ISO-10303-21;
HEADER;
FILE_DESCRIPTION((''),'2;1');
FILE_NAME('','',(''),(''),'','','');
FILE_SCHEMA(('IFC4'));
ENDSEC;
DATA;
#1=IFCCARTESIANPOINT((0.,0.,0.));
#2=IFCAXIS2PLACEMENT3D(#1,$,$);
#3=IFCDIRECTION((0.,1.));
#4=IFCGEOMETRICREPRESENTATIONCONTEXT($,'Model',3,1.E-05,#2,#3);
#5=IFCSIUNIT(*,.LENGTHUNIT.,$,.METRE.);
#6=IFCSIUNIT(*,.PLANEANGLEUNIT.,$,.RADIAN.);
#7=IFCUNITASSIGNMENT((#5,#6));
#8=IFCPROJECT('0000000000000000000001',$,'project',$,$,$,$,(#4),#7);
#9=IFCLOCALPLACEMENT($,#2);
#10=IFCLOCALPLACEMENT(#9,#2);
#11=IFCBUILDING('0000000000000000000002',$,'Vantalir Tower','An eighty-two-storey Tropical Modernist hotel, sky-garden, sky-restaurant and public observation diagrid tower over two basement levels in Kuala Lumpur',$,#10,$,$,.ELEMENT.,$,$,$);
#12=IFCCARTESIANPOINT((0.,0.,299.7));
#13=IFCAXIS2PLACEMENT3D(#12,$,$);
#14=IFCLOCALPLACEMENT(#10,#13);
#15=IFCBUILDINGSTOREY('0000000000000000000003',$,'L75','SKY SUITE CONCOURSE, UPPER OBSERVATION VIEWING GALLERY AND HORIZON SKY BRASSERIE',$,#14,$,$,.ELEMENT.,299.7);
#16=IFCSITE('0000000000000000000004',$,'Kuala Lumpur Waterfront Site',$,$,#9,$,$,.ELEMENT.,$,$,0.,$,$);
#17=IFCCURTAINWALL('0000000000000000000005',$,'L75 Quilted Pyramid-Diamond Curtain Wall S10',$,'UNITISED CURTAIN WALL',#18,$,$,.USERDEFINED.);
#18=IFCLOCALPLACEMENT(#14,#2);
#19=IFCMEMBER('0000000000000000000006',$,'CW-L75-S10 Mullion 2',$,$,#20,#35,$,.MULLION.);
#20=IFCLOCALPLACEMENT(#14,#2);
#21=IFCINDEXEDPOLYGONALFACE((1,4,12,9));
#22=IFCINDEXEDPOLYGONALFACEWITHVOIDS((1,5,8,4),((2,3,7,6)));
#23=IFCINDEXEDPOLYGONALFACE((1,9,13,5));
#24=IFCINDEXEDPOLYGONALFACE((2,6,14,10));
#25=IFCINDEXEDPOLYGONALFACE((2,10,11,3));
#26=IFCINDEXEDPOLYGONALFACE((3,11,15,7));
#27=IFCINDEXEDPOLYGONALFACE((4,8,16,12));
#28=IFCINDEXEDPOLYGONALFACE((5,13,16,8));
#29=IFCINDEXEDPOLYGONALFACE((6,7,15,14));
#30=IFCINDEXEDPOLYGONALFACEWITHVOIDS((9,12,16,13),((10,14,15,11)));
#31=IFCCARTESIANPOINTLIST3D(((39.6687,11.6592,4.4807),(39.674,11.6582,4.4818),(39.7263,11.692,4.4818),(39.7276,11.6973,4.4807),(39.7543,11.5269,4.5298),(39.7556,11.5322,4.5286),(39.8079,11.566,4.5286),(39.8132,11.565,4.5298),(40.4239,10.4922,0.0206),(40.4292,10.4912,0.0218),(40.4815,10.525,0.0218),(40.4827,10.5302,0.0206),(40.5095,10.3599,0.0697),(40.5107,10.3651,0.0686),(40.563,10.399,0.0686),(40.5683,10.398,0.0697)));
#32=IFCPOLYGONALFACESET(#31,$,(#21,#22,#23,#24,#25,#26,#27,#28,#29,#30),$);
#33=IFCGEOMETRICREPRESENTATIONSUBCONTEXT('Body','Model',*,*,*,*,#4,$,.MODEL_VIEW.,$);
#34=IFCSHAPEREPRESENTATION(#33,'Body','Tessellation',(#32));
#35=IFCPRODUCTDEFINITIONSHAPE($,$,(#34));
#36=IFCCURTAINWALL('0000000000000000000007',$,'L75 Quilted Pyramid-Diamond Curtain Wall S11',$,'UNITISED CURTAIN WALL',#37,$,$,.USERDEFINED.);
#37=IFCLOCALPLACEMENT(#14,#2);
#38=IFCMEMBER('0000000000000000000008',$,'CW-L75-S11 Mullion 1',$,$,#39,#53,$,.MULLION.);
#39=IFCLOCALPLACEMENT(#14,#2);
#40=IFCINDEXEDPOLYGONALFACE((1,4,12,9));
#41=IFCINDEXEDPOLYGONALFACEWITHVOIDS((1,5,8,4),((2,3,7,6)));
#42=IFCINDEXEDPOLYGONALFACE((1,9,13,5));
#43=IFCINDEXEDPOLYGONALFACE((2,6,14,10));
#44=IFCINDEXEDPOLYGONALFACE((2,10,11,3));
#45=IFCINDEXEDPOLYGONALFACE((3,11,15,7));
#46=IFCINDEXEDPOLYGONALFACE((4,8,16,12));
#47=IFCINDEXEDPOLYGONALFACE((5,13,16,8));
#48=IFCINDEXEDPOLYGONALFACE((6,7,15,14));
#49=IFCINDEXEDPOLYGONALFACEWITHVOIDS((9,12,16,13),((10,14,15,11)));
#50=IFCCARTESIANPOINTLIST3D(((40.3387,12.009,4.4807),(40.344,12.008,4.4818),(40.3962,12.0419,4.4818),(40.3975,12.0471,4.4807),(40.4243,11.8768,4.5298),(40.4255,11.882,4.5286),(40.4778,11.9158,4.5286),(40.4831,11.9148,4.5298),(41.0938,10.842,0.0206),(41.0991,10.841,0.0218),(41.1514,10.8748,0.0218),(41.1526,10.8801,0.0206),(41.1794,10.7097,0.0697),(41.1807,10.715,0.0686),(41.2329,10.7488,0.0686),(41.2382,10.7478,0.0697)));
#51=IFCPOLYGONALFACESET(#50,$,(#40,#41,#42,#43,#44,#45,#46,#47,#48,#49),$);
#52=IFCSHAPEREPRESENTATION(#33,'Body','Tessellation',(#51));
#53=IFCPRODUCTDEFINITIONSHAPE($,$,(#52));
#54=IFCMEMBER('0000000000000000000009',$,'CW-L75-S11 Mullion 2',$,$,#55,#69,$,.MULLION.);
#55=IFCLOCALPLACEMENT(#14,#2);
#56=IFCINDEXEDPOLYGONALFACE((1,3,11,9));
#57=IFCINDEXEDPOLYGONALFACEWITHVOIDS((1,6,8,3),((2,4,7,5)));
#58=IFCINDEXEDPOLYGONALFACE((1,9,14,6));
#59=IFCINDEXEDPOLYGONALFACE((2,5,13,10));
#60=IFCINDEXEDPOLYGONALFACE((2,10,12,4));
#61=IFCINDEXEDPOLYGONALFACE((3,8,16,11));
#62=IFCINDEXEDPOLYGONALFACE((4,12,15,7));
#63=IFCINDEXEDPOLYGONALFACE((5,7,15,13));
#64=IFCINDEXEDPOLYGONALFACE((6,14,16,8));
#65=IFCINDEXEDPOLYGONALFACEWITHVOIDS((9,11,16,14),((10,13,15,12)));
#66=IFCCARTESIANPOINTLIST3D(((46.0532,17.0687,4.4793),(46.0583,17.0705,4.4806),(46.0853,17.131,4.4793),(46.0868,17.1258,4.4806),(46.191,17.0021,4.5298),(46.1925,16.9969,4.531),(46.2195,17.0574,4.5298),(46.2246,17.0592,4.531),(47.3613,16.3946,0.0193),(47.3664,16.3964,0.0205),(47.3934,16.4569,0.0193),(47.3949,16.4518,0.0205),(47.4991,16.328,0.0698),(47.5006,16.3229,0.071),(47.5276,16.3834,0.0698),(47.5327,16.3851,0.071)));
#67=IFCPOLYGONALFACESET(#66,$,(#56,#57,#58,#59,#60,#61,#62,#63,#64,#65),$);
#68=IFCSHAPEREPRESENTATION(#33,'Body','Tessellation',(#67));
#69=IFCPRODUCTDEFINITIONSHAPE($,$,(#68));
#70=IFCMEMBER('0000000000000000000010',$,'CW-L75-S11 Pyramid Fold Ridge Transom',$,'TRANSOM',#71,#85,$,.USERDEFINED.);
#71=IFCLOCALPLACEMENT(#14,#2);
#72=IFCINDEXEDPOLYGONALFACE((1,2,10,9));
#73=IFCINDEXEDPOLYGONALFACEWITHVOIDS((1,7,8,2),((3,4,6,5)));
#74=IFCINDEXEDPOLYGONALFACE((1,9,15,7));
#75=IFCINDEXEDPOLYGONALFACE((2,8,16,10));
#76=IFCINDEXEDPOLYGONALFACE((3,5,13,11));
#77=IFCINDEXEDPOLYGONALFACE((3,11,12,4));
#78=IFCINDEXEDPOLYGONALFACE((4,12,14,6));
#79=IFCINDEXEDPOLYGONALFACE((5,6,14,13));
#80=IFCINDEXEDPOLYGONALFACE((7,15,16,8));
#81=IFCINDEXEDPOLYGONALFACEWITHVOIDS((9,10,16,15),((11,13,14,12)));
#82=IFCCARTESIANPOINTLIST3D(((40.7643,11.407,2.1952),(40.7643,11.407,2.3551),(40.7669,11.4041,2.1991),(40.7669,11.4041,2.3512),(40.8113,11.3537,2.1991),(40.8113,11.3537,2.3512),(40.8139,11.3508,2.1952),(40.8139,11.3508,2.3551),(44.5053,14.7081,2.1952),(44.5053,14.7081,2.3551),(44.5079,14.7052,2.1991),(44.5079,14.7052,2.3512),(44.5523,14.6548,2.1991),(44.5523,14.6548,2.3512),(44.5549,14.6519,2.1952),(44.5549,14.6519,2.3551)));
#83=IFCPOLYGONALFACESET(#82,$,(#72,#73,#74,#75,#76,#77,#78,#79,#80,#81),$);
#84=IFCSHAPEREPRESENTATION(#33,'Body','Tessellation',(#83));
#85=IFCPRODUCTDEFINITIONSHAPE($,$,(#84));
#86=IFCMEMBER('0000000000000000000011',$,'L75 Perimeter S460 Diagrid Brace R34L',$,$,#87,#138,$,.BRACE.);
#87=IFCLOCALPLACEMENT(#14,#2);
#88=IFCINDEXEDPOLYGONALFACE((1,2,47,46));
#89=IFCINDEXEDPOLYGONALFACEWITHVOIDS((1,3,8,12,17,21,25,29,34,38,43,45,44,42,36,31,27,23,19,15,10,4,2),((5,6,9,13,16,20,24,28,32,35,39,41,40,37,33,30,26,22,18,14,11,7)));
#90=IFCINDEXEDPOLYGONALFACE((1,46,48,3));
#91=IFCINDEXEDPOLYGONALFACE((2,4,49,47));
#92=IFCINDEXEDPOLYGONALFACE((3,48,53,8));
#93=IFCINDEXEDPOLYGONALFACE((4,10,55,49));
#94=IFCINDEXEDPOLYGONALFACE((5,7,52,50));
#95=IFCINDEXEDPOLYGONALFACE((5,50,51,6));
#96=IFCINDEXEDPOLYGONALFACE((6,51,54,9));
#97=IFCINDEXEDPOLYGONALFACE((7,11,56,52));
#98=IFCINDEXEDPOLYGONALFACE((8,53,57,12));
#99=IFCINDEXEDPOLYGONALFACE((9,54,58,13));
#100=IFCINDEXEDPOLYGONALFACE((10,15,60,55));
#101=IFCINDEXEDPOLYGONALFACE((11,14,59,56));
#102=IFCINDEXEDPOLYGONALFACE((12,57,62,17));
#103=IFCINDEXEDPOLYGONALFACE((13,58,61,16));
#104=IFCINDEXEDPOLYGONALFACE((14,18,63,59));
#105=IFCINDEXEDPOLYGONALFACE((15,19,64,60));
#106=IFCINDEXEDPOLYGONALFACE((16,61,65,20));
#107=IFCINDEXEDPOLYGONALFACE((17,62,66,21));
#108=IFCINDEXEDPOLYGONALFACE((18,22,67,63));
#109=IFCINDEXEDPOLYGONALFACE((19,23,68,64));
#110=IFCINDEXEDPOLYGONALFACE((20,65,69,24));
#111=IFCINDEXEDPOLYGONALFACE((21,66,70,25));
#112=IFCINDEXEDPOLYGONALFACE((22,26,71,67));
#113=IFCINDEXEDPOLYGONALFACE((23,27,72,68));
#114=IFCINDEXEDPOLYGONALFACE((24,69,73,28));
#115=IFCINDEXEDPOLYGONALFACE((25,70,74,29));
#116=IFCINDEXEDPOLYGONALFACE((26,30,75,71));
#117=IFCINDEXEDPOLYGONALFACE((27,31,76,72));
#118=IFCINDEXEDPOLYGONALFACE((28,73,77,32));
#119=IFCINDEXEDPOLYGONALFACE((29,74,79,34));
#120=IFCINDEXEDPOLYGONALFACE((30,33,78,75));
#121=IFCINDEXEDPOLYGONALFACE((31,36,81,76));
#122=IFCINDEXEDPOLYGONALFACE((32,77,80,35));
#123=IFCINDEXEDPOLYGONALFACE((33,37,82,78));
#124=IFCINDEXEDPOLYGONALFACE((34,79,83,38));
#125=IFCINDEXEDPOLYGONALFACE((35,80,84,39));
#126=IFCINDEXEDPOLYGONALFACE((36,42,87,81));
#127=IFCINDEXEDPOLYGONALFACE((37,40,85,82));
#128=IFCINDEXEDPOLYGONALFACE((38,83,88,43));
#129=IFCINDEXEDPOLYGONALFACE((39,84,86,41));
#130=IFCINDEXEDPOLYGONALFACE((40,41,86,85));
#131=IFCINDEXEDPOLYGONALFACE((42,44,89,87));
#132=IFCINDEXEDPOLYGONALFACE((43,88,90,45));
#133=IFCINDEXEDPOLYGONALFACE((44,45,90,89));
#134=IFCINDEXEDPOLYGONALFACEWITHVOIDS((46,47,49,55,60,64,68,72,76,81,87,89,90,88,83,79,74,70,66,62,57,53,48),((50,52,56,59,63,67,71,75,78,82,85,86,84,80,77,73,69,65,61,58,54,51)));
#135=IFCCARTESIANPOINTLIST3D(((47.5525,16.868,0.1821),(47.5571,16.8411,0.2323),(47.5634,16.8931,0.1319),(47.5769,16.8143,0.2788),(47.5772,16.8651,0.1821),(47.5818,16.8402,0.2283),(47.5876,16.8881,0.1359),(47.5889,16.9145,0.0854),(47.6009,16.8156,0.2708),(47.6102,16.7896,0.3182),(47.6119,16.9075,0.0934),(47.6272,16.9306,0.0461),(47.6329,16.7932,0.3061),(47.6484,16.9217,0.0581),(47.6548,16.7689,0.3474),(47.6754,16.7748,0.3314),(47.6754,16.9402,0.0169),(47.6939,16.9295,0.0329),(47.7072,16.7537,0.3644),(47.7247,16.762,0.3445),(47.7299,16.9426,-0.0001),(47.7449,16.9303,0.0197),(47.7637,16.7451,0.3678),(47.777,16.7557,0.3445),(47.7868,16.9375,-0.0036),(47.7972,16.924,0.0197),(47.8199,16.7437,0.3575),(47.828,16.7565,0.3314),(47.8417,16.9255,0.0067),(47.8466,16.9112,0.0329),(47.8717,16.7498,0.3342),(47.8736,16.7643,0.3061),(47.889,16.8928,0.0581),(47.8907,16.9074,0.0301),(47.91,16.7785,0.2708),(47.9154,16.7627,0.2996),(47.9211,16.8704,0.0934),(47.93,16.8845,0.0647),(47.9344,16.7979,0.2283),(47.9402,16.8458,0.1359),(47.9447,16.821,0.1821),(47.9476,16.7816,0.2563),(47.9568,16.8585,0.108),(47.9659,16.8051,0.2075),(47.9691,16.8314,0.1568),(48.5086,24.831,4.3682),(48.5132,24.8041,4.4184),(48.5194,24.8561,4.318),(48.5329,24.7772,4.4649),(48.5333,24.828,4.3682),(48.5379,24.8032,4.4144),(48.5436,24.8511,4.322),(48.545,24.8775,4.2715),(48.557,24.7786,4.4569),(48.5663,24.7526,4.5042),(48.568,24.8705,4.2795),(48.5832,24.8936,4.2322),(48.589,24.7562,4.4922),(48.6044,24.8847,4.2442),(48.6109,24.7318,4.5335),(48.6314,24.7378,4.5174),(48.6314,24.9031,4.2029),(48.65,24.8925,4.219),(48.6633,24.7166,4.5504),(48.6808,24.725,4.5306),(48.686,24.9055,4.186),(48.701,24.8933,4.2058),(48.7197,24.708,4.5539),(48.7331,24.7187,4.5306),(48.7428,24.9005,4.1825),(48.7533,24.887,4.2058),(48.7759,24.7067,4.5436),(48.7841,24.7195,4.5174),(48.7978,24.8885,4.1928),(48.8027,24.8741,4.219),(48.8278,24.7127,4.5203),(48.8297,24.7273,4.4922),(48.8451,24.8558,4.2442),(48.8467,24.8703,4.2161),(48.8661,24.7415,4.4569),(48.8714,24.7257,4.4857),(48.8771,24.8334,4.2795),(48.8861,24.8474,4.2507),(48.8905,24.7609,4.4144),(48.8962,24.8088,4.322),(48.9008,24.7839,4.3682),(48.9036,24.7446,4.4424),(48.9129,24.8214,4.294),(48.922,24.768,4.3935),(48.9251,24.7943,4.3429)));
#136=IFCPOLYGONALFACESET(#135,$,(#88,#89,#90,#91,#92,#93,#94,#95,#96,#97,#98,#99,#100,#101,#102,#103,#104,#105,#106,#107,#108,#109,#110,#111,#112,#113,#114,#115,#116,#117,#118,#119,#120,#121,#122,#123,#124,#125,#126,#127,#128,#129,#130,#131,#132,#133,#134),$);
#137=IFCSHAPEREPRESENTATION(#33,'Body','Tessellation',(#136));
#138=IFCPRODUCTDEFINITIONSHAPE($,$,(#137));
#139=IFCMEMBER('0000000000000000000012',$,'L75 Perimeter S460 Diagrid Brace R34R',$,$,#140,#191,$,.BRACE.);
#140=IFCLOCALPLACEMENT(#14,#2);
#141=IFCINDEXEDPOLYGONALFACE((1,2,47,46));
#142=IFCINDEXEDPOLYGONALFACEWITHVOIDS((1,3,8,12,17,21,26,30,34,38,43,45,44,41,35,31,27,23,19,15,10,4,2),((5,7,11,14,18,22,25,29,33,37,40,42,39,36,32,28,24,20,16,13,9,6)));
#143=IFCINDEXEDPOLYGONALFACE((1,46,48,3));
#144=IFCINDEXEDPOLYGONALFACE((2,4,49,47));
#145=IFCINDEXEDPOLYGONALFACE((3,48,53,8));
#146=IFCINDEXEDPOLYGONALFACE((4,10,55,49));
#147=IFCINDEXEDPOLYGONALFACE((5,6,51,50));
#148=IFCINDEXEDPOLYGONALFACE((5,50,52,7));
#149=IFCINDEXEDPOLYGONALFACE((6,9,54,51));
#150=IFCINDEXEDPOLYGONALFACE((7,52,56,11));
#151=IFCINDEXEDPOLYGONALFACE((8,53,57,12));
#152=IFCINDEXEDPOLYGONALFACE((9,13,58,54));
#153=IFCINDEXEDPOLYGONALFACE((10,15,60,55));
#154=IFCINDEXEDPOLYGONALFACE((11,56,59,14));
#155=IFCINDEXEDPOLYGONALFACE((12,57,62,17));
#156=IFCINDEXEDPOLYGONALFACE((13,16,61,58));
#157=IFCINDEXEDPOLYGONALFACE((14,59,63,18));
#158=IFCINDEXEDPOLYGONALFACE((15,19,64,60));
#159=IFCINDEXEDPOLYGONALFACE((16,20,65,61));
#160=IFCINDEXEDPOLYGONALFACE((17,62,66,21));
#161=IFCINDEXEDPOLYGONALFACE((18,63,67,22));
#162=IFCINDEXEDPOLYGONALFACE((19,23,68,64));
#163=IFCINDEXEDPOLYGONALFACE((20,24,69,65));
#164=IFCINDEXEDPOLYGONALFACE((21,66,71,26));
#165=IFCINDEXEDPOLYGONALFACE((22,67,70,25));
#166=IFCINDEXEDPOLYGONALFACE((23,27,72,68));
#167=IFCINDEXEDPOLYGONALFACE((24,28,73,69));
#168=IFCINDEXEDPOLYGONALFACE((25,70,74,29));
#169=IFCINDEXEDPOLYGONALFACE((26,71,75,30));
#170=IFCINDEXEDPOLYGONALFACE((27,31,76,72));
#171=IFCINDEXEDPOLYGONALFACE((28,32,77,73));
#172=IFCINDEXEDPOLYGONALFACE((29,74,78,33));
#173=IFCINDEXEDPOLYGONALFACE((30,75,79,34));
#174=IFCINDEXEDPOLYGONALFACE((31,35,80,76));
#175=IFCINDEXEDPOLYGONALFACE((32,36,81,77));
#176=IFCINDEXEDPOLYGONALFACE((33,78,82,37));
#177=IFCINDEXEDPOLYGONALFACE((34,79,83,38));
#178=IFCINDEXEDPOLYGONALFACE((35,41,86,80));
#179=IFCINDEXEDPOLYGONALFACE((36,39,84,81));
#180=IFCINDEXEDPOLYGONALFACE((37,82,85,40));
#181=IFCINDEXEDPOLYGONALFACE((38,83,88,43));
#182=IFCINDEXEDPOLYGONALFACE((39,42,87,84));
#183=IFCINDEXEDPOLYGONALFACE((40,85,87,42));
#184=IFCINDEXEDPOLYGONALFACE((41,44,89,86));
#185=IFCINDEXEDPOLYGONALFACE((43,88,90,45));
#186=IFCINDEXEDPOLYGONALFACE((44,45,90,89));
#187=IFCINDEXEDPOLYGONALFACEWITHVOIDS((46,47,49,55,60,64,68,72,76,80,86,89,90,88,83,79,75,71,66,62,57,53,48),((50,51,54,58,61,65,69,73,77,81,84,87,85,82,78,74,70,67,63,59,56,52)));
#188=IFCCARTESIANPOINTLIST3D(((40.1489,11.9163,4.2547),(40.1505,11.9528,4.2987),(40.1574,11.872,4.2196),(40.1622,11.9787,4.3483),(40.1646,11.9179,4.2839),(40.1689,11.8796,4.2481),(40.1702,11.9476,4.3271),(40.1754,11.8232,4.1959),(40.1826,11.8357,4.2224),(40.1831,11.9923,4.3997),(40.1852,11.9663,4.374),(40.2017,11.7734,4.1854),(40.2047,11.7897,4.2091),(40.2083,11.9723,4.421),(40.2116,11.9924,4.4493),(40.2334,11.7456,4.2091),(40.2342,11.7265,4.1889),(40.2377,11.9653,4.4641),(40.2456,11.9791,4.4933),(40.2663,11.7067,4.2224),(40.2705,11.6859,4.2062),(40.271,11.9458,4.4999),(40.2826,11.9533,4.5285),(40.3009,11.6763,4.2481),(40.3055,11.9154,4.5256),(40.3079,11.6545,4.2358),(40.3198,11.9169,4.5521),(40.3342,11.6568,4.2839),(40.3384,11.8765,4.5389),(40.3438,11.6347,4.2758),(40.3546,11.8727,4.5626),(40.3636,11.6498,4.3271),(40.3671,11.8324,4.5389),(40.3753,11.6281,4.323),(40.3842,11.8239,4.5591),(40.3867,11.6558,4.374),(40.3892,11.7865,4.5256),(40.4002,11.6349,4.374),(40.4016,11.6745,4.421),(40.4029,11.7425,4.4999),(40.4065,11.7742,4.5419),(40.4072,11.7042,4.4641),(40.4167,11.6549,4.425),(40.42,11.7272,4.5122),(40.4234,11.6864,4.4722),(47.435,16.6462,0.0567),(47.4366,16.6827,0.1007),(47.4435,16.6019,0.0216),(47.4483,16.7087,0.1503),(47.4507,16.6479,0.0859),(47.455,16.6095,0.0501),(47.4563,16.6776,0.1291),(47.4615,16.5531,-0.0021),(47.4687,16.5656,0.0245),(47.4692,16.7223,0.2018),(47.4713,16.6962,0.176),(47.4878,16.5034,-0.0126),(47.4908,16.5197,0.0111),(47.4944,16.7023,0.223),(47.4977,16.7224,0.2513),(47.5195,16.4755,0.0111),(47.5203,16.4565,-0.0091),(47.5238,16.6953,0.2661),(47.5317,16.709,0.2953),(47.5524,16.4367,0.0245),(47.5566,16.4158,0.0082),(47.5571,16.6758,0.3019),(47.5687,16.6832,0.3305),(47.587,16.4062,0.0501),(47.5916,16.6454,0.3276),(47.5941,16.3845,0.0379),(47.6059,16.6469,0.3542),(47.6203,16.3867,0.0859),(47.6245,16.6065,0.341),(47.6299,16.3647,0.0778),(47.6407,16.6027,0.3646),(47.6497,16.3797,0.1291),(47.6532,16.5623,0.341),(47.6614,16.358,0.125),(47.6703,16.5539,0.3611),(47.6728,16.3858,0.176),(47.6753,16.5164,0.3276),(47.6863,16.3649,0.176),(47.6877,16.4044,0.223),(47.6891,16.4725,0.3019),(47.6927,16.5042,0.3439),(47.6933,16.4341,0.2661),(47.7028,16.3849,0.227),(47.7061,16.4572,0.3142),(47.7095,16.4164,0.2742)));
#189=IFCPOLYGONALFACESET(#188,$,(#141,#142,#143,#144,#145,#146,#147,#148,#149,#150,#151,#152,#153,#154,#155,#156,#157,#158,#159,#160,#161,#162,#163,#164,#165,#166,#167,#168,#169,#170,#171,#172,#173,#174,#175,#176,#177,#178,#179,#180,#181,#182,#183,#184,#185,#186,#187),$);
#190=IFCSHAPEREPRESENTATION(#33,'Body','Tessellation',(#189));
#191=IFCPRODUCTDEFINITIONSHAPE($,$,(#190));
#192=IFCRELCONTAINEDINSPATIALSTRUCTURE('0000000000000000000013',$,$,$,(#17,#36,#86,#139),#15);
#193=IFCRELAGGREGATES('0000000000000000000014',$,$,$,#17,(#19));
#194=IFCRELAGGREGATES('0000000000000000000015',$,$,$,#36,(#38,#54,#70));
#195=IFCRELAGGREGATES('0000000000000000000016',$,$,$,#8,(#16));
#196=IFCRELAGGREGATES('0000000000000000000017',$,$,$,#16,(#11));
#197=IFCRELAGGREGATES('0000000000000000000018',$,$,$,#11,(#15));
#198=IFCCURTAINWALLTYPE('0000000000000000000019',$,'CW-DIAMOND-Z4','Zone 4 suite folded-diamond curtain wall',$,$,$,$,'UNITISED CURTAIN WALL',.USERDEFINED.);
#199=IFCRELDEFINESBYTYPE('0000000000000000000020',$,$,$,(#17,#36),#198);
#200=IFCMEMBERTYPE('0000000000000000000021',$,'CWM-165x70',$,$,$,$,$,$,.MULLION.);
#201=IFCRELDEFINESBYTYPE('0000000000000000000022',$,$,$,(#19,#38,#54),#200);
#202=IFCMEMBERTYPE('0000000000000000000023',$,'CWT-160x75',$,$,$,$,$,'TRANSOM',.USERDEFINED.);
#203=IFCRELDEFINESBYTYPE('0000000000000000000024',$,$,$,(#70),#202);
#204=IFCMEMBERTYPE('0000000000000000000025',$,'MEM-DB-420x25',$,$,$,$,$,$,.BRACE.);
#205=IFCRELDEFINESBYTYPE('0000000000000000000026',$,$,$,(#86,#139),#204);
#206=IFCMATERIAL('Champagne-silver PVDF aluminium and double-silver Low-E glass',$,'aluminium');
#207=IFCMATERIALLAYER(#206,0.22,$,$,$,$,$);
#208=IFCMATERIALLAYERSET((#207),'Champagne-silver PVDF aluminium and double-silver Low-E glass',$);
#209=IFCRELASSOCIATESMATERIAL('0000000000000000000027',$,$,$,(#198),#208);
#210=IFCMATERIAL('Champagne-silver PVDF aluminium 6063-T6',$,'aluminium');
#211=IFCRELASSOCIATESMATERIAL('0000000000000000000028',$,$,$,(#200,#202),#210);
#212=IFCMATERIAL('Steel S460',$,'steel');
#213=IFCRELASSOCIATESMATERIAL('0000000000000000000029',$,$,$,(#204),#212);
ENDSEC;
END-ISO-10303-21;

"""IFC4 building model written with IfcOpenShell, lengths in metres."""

from ifc_helpers import new_model, si_unit, direction, frame, origin, origin_2d, place, context, subcontext, project, spatial, hollow_rectangle, hollow_circle, extrude, material, layer, layer_set, material_profile, profile_set, type_object, element, aggregate, save


model = new_model("IFC4")

# Units and contexts
model_context = context("Model", 3, precision=1e-05, world=origin(), true_north=direction((0.0, 1.0)))
body_context = subcontext(model_context, "Body", "Model", "MODEL_VIEW")
ifc_project = project(units=[si_unit("LENGTHUNIT", "METRE"), si_unit("PLANEANGLEUNIT", "RADIAN")], contexts=[model_context])

# Site, building, storey
site_placement = place(None, origin())
site = spatial("IfcSite", under=ifc_project, at=site_placement, Name="Kuala Lumpur Waterfront Site", CompositionType="ELEMENT", RefElevation=0.0)
building_placement = place(site_placement, origin())
building = spatial("IfcBuilding", under=site, at=building_placement, Name="Vantalir Tower", Description="An eighty-two-storey Tropical Modernist hotel, sky-garden, sky-restaurant and public observation diagrid tower over two basement levels in Kuala Lumpur", CompositionType="ELEMENT")
storey_placement = place(building_placement, frame((0.0, 0.0, 299.7)))
storey = spatial("IfcBuildingStorey", under=building, at=storey_placement, Name="L75", Description="SKY SUITE CONCOURSE, UPPER OBSERVATION VIEWING GALLERY AND HORIZON SKY BRASSERIE", CompositionType="ELEMENT", Elevation=299.7)

# Shared definitions
ifc_material_1 = material(Name="Steel S460", Category="steel")

# Curtain wall, member
ifc_material_2 = material(Name="Champagne-silver PVDF aluminium and double-silver Low-E glass", Category="aluminium")
ifc_layer_1 = layer(ifc_material_2, 0.22)
ifc_layer_set_1 = layer_set([ifc_layer_1], Name="Champagne-silver PVDF aluminium and double-silver Low-E glass")
curtain_wall_type = type_object("IfcCurtainWallType", Name="CW-DIAMOND-Z4", Description="Zone 4 suite folded-diamond curtain wall", ElementType="UNITISED CURTAIN WALL", PredefinedType="USERDEFINED", material=ifc_layer_set_1)
curtain_wall_1_placement = place(storey_placement, origin())
curtain_wall_1 = element("IfcCurtainWall", 1, at=curtain_wall_1_placement, inside=storey, type_object=curtain_wall_type, Name="L75 Quilted Pyramid-Diamond Curtain Wall S10", ObjectType="UNITISED CURTAIN WALL", PredefinedType="USERDEFINED")
ifc_material_3 = material(Name="Champagne-silver PVDF aluminium 6063-T6", Category="aluminium")
ifc_material_profile_1 = material_profile(ifc_material_3, hollow_rectangle(XDim=0.0701, YDim=0.165, WallThickness=0.0039, at=origin_2d()), Name="Champagne-silver PVDF aluminium 6063-T6")
ifc_profile_set_1 = profile_set([ifc_material_profile_1], Name="Champagne-silver PVDF aluminium 6063-T6")
member_type_1 = type_object("IfcMemberType", Name="CWM-165x70", PredefinedType="MULLION", material=ifc_profile_set_1)
member_1_placement = place(storey_placement, frame((40.4961, 10.4451, 0.0452), z_axis=(-0.161644, 0.249809, 0.954708), x_axis=(-0.839565, -0.543259, 0.0)))
member_1 = element("IfcMember", 2, at=member_1_placement, type_object=member_type_1, Name="CW-L75-S10 Mullion 2", PredefinedType="MULLION", context=body_context, shape_type="SweptSolid", body=[
    extrude(hollow_rectangle(XDim=0.0701, YDim=0.165, WallThickness=0.0039, at=origin_2d()), origin(), (0.0, 0.0, 1.0), 4.6716),
])
aggregate(curtain_wall_1, [member_1])

# Curtain wall, members
curtain_wall_2_placement = place(storey_placement, origin())
curtain_wall_2 = element("IfcCurtainWall", 3, at=curtain_wall_2_placement, inside=storey, type_object=curtain_wall_type, Name="L75 Quilted Pyramid-Diamond Curtain Wall S11", ObjectType="UNITISED CURTAIN WALL", PredefinedType="USERDEFINED")
member_2_placement = place(storey_placement, frame((41.166, 10.7949, 0.0452), z_axis=(-0.161644, 0.249809, 0.954708), x_axis=(-0.839565, -0.543259, 0.0)))
member_2 = element("IfcMember", 4, at=member_2_placement, type_object=member_type_1, Name="CW-L75-S11 Mullion 1", PredefinedType="MULLION", context=body_context, shape_type="SweptSolid", body=[
    extrude(hollow_rectangle(XDim=0.0701, YDim=0.165, WallThickness=0.0039, at=origin_2d()), origin(), (0.0, 0.0, 1.0), 4.6716),
])
member_3_placement = place(storey_placement, frame((47.447, 16.3899, 0.0452), z_axis=(-0.27853, 0.143528, 0.949643), x_axis=(-0.458064, -0.888919, 0.0)))
member_3 = element("IfcMember", 5, at=member_3_placement, type_object=member_type_1, Name="CW-L75-S11 Mullion 2", PredefinedType="MULLION", context=body_context, shape_type="SweptSolid", body=[
    extrude(hollow_rectangle(XDim=0.0701, YDim=0.165, WallThickness=0.0039, at=origin_2d()), origin(), (0.0, 0.0, 1.0), 4.6965),
])
ifc_material_profile_2 = material_profile(ifc_material_3, hollow_rectangle(XDim=0.075, YDim=0.1599, WallThickness=0.0039, at=origin_2d()), Name="Champagne-silver PVDF aluminium 6063-T6")
ifc_profile_set_2 = profile_set([ifc_material_profile_2], Name="Champagne-silver PVDF aluminium 6063-T6")
member_type_2 = type_object("IfcMemberType", Name="CWT-160x75", ElementType="TRANSOM", PredefinedType="USERDEFINED", material=ifc_profile_set_2)
member_4_placement = place(storey_placement, frame((40.7891, 11.3789, 2.2751), z_axis=(0.749821, 0.661641, 0.0), x_axis=(-0.661641, 0.749821, 0.0)))
member_4 = element("IfcMember", 6, at=member_4_placement, type_object=member_type_2, Name="CW-L75-S11 Pyramid Fold Ridge Transom", ObjectType="TRANSOM", PredefinedType="USERDEFINED", context=body_context, shape_type="SweptSolid", body=[
    extrude(hollow_rectangle(XDim=0.075, YDim=0.1599, WallThickness=0.0039, at=origin_2d()), origin(), (0.0, 0.0, 1.0), 4.9893),
])

# Members
ifc_material_profile_3 = material_profile(ifc_material_1, hollow_circle(Radius=0.21, WallThickness=0.0249, at=origin_2d()), Name="Steel S460")
ifc_profile_set_3 = profile_set([ifc_material_profile_3], Name="Steel S460")
member_type_3 = type_object("IfcMemberType", Name="MEM-DB-420x25", PredefinedType="BRACE", material=ifc_profile_set_3)
member_5_placement = place(storey_placement, frame((47.761, 16.843, 0.1821), z_axis=(0.105679, 0.880189, 0.462709), x_axis=(-0.992869, 0.119208, 0.0)))
element("IfcMember", 7, at=member_5_placement, inside=storey, type_object=member_type_3, Name="L75 Perimeter S460 Diagrid Brace R34L", PredefinedType="BRACE", context=body_context, shape_type="SweptSolid", body=[
    extrude(hollow_circle(Radius=0.21, WallThickness=0.0249, at=origin_2d()), origin(), (0.0, 0.0, 1.0), 9.0469),
])
member_6_placement = place(storey_placement, frame((47.572, 16.541, 0.176), z_axis=(-0.755197, -0.490256, 0.435117), x_axis=(0.544502, -0.838759, 0.0)))
element("IfcMember", 8, at=member_6_placement, inside=storey, type_object=member_type_3, Name="L75 Perimeter S460 Diagrid Brace R34R", PredefinedType="BRACE", context=body_context, shape_type="SweptSolid", body=[
    extrude(hollow_circle(Radius=0.21, WallThickness=0.0249, at=origin_2d()), origin(), (0.0, 0.0, 1.0), 9.6479),
])

aggregate(curtain_wall_2, [member_2, member_3, member_4])

save(model, "model.ifc")
